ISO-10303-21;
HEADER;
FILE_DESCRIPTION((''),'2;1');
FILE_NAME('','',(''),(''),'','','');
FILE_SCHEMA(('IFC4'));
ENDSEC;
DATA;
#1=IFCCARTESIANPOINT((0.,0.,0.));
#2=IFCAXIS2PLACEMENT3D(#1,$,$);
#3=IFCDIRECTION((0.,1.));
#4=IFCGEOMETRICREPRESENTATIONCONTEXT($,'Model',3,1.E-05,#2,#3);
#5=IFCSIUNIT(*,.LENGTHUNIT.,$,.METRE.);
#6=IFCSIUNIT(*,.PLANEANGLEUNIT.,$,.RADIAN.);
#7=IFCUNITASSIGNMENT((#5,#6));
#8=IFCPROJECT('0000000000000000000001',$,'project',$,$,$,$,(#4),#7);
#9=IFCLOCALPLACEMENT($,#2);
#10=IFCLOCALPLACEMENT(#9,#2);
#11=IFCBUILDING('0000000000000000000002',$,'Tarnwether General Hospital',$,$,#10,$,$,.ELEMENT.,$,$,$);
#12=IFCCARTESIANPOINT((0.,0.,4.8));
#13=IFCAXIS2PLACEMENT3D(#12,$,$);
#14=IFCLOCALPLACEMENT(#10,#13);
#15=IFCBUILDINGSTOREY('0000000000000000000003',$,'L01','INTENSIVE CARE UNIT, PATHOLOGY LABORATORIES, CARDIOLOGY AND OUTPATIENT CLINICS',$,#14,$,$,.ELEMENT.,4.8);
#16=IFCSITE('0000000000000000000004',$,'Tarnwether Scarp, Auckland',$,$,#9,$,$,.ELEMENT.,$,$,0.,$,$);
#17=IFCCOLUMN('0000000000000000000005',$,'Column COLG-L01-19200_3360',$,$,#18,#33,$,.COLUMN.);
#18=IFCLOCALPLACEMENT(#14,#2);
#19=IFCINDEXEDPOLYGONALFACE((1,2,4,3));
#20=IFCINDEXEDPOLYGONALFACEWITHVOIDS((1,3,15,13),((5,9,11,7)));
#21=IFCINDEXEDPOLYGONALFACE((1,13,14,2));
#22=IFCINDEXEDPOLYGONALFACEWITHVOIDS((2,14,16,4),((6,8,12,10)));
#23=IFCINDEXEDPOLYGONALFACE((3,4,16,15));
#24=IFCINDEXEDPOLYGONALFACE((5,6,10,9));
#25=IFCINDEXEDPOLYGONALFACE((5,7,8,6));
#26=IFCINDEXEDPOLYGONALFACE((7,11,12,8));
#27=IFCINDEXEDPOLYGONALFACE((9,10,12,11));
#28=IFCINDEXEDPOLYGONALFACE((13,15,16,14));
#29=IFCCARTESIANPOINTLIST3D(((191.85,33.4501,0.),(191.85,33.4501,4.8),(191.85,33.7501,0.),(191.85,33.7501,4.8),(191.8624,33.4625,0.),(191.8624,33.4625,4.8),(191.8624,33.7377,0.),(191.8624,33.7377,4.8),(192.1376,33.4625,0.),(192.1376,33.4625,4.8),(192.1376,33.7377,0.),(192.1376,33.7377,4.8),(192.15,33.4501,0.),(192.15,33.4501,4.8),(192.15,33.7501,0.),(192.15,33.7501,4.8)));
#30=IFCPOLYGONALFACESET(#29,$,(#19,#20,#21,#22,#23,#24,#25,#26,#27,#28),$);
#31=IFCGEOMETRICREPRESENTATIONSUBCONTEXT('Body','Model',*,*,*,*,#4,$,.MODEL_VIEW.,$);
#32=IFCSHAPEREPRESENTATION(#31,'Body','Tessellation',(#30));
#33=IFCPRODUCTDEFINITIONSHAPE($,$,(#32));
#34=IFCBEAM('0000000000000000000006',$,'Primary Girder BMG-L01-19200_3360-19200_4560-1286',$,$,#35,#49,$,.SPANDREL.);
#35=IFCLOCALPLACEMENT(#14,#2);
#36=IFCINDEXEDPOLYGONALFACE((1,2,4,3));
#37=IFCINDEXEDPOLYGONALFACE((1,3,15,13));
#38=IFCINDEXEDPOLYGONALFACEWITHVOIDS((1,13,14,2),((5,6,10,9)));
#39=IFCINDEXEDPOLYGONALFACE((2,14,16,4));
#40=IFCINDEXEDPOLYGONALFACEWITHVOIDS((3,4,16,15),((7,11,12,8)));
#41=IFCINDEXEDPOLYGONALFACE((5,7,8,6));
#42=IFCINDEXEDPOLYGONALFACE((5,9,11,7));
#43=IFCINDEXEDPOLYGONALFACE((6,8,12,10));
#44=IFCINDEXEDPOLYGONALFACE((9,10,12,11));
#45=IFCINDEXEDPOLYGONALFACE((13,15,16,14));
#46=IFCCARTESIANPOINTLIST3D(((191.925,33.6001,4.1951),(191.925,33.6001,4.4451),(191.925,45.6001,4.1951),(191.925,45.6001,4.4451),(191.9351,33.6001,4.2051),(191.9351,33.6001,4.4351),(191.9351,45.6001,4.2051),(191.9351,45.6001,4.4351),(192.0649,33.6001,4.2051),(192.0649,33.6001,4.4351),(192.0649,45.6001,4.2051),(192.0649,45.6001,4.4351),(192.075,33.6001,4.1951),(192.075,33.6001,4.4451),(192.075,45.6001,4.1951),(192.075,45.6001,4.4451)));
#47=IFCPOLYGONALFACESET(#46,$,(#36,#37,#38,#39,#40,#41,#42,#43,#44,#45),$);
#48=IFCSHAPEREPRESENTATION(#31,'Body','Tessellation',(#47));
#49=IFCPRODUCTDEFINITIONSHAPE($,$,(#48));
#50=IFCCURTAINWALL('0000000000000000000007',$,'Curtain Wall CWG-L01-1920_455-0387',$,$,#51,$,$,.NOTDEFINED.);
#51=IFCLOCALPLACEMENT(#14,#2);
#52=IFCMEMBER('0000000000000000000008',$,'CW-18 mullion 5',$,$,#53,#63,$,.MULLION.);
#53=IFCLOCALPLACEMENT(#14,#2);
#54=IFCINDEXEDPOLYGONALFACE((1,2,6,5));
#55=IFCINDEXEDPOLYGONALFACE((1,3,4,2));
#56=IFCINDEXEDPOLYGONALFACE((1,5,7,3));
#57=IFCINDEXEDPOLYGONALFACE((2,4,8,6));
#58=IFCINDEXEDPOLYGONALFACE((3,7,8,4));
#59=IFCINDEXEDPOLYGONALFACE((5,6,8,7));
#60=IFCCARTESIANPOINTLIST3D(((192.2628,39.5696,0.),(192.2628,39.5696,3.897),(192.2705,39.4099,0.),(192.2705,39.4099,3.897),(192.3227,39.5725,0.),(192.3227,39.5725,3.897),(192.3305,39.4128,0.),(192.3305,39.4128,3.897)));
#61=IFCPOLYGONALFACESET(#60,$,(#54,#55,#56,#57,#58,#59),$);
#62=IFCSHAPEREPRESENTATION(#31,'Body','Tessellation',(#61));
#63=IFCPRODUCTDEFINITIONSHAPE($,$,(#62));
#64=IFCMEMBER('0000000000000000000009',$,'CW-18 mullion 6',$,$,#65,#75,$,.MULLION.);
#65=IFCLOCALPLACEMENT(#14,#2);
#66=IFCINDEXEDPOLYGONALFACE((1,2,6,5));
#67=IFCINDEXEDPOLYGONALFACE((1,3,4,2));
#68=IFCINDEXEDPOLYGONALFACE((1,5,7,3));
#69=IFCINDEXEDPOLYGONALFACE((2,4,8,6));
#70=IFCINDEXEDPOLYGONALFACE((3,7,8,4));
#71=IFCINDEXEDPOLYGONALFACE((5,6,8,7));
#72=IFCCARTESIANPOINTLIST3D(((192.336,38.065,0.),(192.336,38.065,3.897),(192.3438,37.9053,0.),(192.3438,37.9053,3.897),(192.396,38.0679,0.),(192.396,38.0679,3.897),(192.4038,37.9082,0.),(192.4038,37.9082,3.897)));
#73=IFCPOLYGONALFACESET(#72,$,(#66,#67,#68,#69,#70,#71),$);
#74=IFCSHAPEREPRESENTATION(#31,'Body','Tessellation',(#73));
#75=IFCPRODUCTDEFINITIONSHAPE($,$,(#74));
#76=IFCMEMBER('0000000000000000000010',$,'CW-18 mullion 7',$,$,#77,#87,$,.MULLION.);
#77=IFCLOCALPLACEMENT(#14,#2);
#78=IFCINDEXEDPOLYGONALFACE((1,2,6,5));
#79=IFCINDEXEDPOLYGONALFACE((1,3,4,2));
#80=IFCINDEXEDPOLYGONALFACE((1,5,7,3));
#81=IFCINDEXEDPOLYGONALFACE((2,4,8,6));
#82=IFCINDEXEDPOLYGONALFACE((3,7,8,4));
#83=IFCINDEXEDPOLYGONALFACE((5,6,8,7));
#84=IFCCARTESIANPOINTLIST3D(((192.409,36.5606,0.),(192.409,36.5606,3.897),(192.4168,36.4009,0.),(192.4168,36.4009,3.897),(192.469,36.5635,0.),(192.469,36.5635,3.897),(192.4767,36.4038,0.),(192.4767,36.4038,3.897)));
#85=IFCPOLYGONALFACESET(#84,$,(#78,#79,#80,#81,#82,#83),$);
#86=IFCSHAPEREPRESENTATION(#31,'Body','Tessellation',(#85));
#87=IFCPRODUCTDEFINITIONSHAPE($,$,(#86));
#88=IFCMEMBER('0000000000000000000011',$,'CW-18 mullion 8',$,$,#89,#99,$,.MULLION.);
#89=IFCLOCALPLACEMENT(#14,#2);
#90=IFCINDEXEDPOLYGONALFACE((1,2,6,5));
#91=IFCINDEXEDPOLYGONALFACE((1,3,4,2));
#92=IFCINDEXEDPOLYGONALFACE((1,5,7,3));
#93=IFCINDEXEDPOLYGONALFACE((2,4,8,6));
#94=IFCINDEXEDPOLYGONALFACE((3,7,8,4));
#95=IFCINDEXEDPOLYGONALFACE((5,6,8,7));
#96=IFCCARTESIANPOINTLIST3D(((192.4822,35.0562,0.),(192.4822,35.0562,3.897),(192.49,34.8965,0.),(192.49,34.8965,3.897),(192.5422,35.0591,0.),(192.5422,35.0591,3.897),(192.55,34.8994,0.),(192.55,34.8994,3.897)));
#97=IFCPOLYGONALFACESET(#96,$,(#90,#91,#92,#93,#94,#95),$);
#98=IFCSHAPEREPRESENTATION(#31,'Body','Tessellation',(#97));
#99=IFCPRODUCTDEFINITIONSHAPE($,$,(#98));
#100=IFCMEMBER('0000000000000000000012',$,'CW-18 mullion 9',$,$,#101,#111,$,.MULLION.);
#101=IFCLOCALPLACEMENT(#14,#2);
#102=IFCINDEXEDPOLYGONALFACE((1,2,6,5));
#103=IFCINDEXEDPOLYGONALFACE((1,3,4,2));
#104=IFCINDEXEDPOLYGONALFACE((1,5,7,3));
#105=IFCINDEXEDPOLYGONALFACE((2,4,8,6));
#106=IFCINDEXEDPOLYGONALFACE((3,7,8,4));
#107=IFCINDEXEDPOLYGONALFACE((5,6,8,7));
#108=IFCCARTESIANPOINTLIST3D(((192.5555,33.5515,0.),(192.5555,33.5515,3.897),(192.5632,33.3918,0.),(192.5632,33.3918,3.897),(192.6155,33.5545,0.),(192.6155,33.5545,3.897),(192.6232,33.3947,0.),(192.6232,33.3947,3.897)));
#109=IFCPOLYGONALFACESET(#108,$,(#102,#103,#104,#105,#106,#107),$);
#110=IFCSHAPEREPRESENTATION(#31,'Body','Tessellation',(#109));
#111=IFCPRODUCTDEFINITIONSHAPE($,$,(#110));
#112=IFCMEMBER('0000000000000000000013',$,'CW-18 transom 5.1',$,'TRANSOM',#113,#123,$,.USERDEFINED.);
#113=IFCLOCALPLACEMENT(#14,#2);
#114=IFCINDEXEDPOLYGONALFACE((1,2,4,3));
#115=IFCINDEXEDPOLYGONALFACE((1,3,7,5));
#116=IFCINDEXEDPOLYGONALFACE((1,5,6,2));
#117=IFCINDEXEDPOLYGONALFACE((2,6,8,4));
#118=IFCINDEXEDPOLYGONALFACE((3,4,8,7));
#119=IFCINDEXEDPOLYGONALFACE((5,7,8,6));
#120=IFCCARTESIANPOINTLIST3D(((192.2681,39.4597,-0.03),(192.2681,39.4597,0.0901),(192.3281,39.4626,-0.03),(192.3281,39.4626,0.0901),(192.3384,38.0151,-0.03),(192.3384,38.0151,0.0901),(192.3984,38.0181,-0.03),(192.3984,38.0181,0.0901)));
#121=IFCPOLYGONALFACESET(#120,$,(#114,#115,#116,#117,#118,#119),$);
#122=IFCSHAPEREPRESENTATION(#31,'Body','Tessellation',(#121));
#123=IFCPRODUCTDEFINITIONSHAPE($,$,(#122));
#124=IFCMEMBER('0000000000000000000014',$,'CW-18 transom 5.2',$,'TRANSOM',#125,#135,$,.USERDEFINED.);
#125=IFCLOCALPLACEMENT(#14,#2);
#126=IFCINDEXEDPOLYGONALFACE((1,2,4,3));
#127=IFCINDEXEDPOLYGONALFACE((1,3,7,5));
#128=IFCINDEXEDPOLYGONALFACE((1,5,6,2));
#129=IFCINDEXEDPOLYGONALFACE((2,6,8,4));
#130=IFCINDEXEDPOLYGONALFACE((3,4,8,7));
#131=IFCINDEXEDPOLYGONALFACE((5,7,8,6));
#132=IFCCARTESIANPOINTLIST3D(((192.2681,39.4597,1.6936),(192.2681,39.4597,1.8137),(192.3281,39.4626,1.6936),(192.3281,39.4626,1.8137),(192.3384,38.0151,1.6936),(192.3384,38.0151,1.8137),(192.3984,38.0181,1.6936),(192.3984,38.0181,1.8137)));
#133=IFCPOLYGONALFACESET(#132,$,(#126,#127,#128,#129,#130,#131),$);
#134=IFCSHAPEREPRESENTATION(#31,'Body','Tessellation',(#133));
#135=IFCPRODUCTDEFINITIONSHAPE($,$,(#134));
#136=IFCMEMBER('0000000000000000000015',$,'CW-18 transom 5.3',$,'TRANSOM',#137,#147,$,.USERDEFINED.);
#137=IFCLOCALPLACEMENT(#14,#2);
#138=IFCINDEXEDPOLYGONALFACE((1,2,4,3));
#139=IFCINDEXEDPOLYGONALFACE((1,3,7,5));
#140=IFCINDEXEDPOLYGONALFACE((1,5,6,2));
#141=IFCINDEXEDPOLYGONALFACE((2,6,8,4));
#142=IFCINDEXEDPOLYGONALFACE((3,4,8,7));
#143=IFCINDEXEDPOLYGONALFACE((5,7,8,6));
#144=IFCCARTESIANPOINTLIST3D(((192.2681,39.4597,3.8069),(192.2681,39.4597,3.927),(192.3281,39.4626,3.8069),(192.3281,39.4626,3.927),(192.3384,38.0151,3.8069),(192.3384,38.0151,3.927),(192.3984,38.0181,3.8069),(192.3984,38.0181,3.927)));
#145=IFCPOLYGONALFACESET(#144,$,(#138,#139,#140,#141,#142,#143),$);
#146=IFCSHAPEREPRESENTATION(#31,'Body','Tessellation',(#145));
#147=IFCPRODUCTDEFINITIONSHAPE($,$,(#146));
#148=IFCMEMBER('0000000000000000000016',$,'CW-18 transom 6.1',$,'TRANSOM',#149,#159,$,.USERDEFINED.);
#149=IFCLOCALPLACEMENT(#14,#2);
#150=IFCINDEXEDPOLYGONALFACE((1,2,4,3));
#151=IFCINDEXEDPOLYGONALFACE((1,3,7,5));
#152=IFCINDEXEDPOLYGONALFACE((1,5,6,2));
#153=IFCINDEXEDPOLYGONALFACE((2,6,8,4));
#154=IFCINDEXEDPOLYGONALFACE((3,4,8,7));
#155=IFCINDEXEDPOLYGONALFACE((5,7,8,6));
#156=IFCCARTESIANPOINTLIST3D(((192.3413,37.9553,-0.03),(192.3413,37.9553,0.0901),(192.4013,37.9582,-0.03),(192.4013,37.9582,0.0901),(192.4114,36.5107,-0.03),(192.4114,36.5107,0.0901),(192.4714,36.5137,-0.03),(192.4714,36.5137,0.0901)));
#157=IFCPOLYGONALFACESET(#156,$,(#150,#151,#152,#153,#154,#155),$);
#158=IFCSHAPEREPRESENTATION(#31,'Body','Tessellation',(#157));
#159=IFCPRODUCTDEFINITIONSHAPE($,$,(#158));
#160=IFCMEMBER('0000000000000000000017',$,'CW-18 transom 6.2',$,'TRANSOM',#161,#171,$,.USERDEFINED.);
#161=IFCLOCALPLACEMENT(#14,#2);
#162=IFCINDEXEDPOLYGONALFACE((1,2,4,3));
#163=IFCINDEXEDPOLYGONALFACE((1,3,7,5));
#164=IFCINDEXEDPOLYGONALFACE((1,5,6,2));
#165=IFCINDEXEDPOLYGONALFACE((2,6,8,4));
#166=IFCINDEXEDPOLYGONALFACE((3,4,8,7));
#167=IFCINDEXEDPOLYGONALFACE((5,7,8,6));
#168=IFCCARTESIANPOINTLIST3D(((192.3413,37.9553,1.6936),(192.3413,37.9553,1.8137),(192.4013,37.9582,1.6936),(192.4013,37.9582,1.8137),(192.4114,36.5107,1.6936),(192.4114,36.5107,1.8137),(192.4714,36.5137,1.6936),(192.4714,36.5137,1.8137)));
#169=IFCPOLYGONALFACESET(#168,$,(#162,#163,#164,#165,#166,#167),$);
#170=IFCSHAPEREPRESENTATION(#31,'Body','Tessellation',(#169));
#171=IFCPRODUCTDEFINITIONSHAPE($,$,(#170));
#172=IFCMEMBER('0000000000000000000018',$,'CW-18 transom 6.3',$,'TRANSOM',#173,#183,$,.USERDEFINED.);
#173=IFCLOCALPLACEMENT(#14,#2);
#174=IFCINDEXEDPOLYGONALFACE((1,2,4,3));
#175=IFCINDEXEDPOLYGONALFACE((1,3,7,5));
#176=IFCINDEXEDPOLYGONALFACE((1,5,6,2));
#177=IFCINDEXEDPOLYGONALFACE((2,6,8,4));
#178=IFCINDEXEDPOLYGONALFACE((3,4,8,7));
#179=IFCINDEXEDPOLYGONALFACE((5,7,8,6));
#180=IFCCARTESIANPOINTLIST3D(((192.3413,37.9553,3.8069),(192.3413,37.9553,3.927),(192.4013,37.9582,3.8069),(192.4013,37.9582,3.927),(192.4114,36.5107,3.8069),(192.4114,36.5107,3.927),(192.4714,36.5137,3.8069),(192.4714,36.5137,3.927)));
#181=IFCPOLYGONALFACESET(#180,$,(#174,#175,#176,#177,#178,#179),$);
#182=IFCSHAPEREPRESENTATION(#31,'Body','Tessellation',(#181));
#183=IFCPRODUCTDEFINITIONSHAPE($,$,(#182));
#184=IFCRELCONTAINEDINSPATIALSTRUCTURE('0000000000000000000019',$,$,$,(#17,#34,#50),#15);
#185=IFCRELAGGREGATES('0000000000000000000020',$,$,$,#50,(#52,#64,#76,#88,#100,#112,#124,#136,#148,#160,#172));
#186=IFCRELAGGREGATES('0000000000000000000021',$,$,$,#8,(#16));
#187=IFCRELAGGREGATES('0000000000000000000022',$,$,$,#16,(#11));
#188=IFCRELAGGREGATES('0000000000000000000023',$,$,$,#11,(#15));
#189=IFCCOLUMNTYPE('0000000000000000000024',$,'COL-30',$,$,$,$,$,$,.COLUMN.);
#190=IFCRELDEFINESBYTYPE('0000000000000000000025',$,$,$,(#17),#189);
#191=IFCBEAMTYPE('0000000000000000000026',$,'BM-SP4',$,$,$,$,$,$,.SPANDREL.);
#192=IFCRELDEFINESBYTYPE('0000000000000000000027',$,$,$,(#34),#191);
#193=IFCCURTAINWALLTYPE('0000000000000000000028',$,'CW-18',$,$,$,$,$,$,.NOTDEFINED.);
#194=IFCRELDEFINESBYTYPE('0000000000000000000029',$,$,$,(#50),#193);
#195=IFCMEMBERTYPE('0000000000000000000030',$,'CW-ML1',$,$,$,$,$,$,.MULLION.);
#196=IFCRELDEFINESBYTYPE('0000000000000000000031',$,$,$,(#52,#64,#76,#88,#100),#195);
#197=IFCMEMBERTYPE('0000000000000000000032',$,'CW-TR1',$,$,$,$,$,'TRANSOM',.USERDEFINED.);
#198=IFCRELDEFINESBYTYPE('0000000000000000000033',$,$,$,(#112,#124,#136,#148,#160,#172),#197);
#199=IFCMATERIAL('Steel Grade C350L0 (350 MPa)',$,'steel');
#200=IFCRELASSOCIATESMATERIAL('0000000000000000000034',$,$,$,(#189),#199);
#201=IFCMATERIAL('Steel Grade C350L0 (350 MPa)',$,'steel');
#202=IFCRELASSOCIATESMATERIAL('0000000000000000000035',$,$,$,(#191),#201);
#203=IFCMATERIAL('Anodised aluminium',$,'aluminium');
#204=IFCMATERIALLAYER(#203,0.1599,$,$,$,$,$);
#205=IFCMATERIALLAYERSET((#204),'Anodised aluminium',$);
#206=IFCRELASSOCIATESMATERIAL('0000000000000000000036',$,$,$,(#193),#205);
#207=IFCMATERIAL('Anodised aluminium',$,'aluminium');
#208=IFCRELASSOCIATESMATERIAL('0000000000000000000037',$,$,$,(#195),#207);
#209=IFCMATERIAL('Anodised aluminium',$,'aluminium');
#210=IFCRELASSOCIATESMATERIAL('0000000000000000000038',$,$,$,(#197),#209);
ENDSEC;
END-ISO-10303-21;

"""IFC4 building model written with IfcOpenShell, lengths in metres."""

from ifc_helpers import new_model, si_unit, direction, frame, origin, origin_2d, place, context, subcontext, project, spatial, rectangle, hollow_rectangle, extrude, material, layer, layer_set, material_profile, profile_set, type_object, element, aggregate, save


model = new_model("IFC4")

# Units and contexts
model_context = context("Model", 3, precision=1e-05, world=origin(), true_north=direction((0.0, 1.0)))
body_context = subcontext(model_context, "Body", "Model", "MODEL_VIEW")
ifc_project = project(units=[si_unit("LENGTHUNIT", "METRE"), si_unit("PLANEANGLEUNIT", "RADIAN")], contexts=[model_context])

# Site, building, storey
site_placement = place(None, origin())
site = spatial("IfcSite", under=ifc_project, at=site_placement, Name="Tarnwether Scarp, Auckland", CompositionType="ELEMENT", RefElevation=0.0)
building_placement = place(site_placement, origin())
building = spatial("IfcBuilding", under=site, at=building_placement, Name="Tarnwether General Hospital", CompositionType="ELEMENT")
storey_placement = place(building_placement, frame((0.0, 0.0, 4.8)))
storey = spatial("IfcBuildingStorey", under=building, at=storey_placement, Name="L01", Description="INTENSIVE CARE UNIT, PATHOLOGY LABORATORIES, CARDIOLOGY AND OUTPATIENT CLINICS", CompositionType="ELEMENT", Elevation=4.8)

# Column
ifc_material_1 = material(Name="Steel Grade C350L0 (350 MPa)", Category="steel")
ifc_material_profile_1 = material_profile(ifc_material_1, hollow_rectangle(XDim=0.3, YDim=0.3, WallThickness=0.0125, at=origin_2d()), Name="SHS300x300x12.5")
ifc_profile_set_1 = profile_set([ifc_material_profile_1], Name="Steel Grade C350L0 (350 MPa)")
column_type = type_object("IfcColumnType", Name="COL-30", PredefinedType="COLUMN", material=ifc_profile_set_1)
column_placement = place(storey_placement, frame((192.0, 33.6001, 0.0), z_axis=(0.0, 0.0, 1.0), x_axis=(1.0, 0.0, 0.0)))
element("IfcColumn", 1, at=column_placement, inside=storey, type_object=column_type, Name="Column COLG-L01-19200_3360", PredefinedType="COLUMN", context=body_context, shape_type="SweptSolid", body=[
    extrude(hollow_rectangle(XDim=0.3, YDim=0.3, WallThickness=0.0125, at=origin_2d()), origin(), (0.0, 0.0, 1.0), 4.8),
])

# Beam
ifc_material_2 = material(Name="Steel Grade C350L0 (350 MPa)", Category="steel")
ifc_material_profile_2 = material_profile(ifc_material_2, hollow_rectangle(XDim=0.1499, YDim=0.25, WallThickness=0.01, at=origin_2d()), Name="RHS250x150x10")
ifc_profile_set_2 = profile_set([ifc_material_profile_2], Name="Steel Grade C350L0 (350 MPa)")
beam_type = type_object("IfcBeamType", Name="BM-SP4", PredefinedType="SPANDREL", material=ifc_profile_set_2)
beam_placement = place(storey_placement, frame((192.0, 33.6001, 4.3201), z_axis=(0.0, 1.0, 0.0), x_axis=(-1.0, 0.0, 0.0)))
element("IfcBeam", 2, at=beam_placement, inside=storey, type_object=beam_type, Name="Primary Girder BMG-L01-19200_3360-19200_4560-1286", PredefinedType="SPANDREL", context=body_context, shape_type="SweptSolid", body=[
    extrude(hollow_rectangle(XDim=0.1499, YDim=0.25, WallThickness=0.01, at=origin_2d()), origin(), (0.0, 0.0, 1.0), 12.0),
])

# Curtain wall, members
ifc_material_3 = material(Name="Anodised aluminium", Category="aluminium")
ifc_layer_1 = layer(ifc_material_3, 0.1599)
ifc_layer_set_1 = layer_set([ifc_layer_1], Name="Anodised aluminium")
curtain_wall_type = type_object("IfcCurtainWallType", Name="CW-18", PredefinedType="NOTDEFINED", material=ifc_layer_set_1)
curtain_wall_placement = place(storey_placement, origin())
curtain_wall = element("IfcCurtainWall", 3, at=curtain_wall_placement, inside=storey, type_object=curtain_wall_type, Name="Curtain Wall CWG-L01-1920_455-0387", PredefinedType="NOTDEFINED")
ifc_material_4 = material(Name="Anodised aluminium", Category="aluminium")
ifc_material_profile_3 = material_profile(ifc_material_4, rectangle(XDim=0.0601, YDim=0.1599, at=origin_2d()), Name="ALU-MUL-60x160")
ifc_profile_set_3 = profile_set([ifc_material_profile_3], Name="Anodised aluminium")
member_type_1 = type_object("IfcMemberType", Name="CW-ML1", PredefinedType="MULLION", material=ifc_profile_set_3)
member_1_placement = place(storey_placement, frame((192.2966, 39.4912, 0.0), z_axis=(0.0, 0.0, 1.0), x_axis=(0.99882, 0.04857, 0.0)))
member_1 = element("IfcMember", 4, at=member_1_placement, type_object=member_type_1, Name="CW-18 mullion 5", PredefinedType="MULLION", context=body_context, shape_type="SweptSolid", body=[
    extrude(rectangle(XDim=0.0601, YDim=0.1599, at=origin_2d()), origin(), (0.0, 0.0, 1.0), 3.897),
])
member_2_placement = place(storey_placement, frame((192.3699, 37.9866, 0.0), z_axis=(0.0, 0.0, 1.0), x_axis=(0.99882, 0.04857, 0.0)))
member_2 = element("IfcMember", 5, at=member_2_placement, type_object=member_type_1, Name="CW-18 mullion 6", PredefinedType="MULLION", context=body_context, shape_type="SweptSolid", body=[
    extrude(rectangle(XDim=0.0601, YDim=0.1599, at=origin_2d()), origin(), (0.0, 0.0, 1.0), 3.897),
])
member_3_placement = place(storey_placement, frame((192.4429, 36.4822, 0.0), z_axis=(0.0, 0.0, 1.0), x_axis=(0.99882, 0.04857, 0.0)))
member_3 = element("IfcMember", 6, at=member_3_placement, type_object=member_type_1, Name="CW-18 mullion 7", PredefinedType="MULLION", context=body_context, shape_type="SweptSolid", body=[
    extrude(rectangle(XDim=0.0601, YDim=0.1599, at=origin_2d()), origin(), (0.0, 0.0, 1.0), 3.897),
])
member_4_placement = place(storey_placement, frame((192.5161, 34.9778, 0.0), z_axis=(0.0, 0.0, 1.0), x_axis=(0.99882, 0.04857, 0.0)))
member_4 = element("IfcMember", 7, at=member_4_placement, type_object=member_type_1, Name="CW-18 mullion 8", PredefinedType="MULLION", context=body_context, shape_type="SweptSolid", body=[
    extrude(rectangle(XDim=0.0601, YDim=0.1599, at=origin_2d()), origin(), (0.0, 0.0, 1.0), 3.897),
])
member_5_placement = place(storey_placement, frame((192.5894, 33.4731, 0.0), z_axis=(0.0, 0.0, 1.0), x_axis=(0.99882, 0.04857, 0.0)))
member_5 = element("IfcMember", 8, at=member_5_placement, type_object=member_type_1, Name="CW-18 mullion 9", PredefinedType="MULLION", context=body_context, shape_type="SweptSolid", body=[
    extrude(rectangle(XDim=0.0601, YDim=0.1599, at=origin_2d()), origin(), (0.0, 0.0, 1.0), 3.897),
])
ifc_material_5 = material(Name="Anodised aluminium", Category="aluminium")
ifc_material_profile_4 = material_profile(ifc_material_5, rectangle(XDim=0.0601, YDim=0.1201, at=origin_2d()), Name="ALU-TRN-60x120")
ifc_profile_set_4 = profile_set([ifc_material_profile_4], Name="Anodised aluminium")
member_type_2 = type_object("IfcMemberType", Name="CW-TR1", ElementType="TRANSOM", PredefinedType="USERDEFINED", material=ifc_profile_set_4)
member_6_placement = place(storey_placement, frame((192.2981, 39.4612, 0.03), z_axis=(0.048616, -0.998818, 0.0), x_axis=(0.998818, 0.048616, 0.0)))
member_6 = element("IfcMember", 9, at=member_6_placement, type_object=member_type_2, Name="CW-18 transom 5.1", ObjectType="TRANSOM", PredefinedType="USERDEFINED", context=body_context, shape_type="SweptSolid", body=[
    extrude(rectangle(XDim=0.0601, YDim=0.1201, at=origin_2d()), origin(), (0.0, 0.0, 1.0), 1.4463),
])
member_7_placement = place(storey_placement, frame((192.2981, 39.4612, 1.7537), z_axis=(0.048616, -0.998818, 0.0), x_axis=(0.998818, 0.048616, 0.0)))
member_7 = element("IfcMember", 10, at=member_7_placement, type_object=member_type_2, Name="CW-18 transom 5.2", ObjectType="TRANSOM", PredefinedType="USERDEFINED", context=body_context, shape_type="SweptSolid", body=[
    extrude(rectangle(XDim=0.0601, YDim=0.1201, at=origin_2d()), origin(), (0.0, 0.0, 1.0), 1.4463),
])
member_8_placement = place(storey_placement, frame((192.2981, 39.4612, 3.8669), z_axis=(0.048616, -0.998818, 0.0), x_axis=(0.998818, 0.048616, 0.0)))
member_8 = element("IfcMember", 11, at=member_8_placement, type_object=member_type_2, Name="CW-18 transom 5.3", ObjectType="TRANSOM", PredefinedType="USERDEFINED", context=body_context, shape_type="SweptSolid", body=[
    extrude(rectangle(XDim=0.0601, YDim=0.1201, at=origin_2d()), origin(), (0.0, 0.0, 1.0), 1.4463),
])
member_9_placement = place(storey_placement, frame((192.3713, 37.9568, 0.03), z_axis=(0.048447, -0.998826, 0.0), x_axis=(0.998826, 0.048447, 0.0)))
member_9 = element("IfcMember", 12, at=member_9_placement, type_object=member_type_2, Name="CW-18 transom 6.1", ObjectType="TRANSOM", PredefinedType="USERDEFINED", context=body_context, shape_type="SweptSolid", body=[
    extrude(rectangle(XDim=0.0601, YDim=0.1201, at=origin_2d()), origin(), (0.0, 0.0, 1.0), 1.4463),
])
member_10_placement = place(storey_placement, frame((192.3713, 37.9568, 1.7537), z_axis=(0.048447, -0.998826, 0.0), x_axis=(0.998826, 0.048447, 0.0)))
member_10 = element("IfcMember", 13, at=member_10_placement, type_object=member_type_2, Name="CW-18 transom 6.2", ObjectType="TRANSOM", PredefinedType="USERDEFINED", context=body_context, shape_type="SweptSolid", body=[
    extrude(rectangle(XDim=0.0601, YDim=0.1201, at=origin_2d()), origin(), (0.0, 0.0, 1.0), 1.4463),
])
member_11_placement = place(storey_placement, frame((192.3713, 37.9568, 3.8669), z_axis=(0.048447, -0.998826, 0.0), x_axis=(0.998826, 0.048447, 0.0)))
member_11 = element("IfcMember", 14, at=member_11_placement, type_object=member_type_2, Name="CW-18 transom 6.3", ObjectType="TRANSOM", PredefinedType="USERDEFINED", context=body_context, shape_type="SweptSolid", body=[
    extrude(rectangle(XDim=0.0601, YDim=0.1201, at=origin_2d()), origin(), (0.0, 0.0, 1.0), 1.4463),
])
aggregate(curtain_wall, [member_1, member_2, member_3, member_4, member_5, member_6, member_7, member_8, member_9, member_10, member_11])

save(model, "model.ifc")
